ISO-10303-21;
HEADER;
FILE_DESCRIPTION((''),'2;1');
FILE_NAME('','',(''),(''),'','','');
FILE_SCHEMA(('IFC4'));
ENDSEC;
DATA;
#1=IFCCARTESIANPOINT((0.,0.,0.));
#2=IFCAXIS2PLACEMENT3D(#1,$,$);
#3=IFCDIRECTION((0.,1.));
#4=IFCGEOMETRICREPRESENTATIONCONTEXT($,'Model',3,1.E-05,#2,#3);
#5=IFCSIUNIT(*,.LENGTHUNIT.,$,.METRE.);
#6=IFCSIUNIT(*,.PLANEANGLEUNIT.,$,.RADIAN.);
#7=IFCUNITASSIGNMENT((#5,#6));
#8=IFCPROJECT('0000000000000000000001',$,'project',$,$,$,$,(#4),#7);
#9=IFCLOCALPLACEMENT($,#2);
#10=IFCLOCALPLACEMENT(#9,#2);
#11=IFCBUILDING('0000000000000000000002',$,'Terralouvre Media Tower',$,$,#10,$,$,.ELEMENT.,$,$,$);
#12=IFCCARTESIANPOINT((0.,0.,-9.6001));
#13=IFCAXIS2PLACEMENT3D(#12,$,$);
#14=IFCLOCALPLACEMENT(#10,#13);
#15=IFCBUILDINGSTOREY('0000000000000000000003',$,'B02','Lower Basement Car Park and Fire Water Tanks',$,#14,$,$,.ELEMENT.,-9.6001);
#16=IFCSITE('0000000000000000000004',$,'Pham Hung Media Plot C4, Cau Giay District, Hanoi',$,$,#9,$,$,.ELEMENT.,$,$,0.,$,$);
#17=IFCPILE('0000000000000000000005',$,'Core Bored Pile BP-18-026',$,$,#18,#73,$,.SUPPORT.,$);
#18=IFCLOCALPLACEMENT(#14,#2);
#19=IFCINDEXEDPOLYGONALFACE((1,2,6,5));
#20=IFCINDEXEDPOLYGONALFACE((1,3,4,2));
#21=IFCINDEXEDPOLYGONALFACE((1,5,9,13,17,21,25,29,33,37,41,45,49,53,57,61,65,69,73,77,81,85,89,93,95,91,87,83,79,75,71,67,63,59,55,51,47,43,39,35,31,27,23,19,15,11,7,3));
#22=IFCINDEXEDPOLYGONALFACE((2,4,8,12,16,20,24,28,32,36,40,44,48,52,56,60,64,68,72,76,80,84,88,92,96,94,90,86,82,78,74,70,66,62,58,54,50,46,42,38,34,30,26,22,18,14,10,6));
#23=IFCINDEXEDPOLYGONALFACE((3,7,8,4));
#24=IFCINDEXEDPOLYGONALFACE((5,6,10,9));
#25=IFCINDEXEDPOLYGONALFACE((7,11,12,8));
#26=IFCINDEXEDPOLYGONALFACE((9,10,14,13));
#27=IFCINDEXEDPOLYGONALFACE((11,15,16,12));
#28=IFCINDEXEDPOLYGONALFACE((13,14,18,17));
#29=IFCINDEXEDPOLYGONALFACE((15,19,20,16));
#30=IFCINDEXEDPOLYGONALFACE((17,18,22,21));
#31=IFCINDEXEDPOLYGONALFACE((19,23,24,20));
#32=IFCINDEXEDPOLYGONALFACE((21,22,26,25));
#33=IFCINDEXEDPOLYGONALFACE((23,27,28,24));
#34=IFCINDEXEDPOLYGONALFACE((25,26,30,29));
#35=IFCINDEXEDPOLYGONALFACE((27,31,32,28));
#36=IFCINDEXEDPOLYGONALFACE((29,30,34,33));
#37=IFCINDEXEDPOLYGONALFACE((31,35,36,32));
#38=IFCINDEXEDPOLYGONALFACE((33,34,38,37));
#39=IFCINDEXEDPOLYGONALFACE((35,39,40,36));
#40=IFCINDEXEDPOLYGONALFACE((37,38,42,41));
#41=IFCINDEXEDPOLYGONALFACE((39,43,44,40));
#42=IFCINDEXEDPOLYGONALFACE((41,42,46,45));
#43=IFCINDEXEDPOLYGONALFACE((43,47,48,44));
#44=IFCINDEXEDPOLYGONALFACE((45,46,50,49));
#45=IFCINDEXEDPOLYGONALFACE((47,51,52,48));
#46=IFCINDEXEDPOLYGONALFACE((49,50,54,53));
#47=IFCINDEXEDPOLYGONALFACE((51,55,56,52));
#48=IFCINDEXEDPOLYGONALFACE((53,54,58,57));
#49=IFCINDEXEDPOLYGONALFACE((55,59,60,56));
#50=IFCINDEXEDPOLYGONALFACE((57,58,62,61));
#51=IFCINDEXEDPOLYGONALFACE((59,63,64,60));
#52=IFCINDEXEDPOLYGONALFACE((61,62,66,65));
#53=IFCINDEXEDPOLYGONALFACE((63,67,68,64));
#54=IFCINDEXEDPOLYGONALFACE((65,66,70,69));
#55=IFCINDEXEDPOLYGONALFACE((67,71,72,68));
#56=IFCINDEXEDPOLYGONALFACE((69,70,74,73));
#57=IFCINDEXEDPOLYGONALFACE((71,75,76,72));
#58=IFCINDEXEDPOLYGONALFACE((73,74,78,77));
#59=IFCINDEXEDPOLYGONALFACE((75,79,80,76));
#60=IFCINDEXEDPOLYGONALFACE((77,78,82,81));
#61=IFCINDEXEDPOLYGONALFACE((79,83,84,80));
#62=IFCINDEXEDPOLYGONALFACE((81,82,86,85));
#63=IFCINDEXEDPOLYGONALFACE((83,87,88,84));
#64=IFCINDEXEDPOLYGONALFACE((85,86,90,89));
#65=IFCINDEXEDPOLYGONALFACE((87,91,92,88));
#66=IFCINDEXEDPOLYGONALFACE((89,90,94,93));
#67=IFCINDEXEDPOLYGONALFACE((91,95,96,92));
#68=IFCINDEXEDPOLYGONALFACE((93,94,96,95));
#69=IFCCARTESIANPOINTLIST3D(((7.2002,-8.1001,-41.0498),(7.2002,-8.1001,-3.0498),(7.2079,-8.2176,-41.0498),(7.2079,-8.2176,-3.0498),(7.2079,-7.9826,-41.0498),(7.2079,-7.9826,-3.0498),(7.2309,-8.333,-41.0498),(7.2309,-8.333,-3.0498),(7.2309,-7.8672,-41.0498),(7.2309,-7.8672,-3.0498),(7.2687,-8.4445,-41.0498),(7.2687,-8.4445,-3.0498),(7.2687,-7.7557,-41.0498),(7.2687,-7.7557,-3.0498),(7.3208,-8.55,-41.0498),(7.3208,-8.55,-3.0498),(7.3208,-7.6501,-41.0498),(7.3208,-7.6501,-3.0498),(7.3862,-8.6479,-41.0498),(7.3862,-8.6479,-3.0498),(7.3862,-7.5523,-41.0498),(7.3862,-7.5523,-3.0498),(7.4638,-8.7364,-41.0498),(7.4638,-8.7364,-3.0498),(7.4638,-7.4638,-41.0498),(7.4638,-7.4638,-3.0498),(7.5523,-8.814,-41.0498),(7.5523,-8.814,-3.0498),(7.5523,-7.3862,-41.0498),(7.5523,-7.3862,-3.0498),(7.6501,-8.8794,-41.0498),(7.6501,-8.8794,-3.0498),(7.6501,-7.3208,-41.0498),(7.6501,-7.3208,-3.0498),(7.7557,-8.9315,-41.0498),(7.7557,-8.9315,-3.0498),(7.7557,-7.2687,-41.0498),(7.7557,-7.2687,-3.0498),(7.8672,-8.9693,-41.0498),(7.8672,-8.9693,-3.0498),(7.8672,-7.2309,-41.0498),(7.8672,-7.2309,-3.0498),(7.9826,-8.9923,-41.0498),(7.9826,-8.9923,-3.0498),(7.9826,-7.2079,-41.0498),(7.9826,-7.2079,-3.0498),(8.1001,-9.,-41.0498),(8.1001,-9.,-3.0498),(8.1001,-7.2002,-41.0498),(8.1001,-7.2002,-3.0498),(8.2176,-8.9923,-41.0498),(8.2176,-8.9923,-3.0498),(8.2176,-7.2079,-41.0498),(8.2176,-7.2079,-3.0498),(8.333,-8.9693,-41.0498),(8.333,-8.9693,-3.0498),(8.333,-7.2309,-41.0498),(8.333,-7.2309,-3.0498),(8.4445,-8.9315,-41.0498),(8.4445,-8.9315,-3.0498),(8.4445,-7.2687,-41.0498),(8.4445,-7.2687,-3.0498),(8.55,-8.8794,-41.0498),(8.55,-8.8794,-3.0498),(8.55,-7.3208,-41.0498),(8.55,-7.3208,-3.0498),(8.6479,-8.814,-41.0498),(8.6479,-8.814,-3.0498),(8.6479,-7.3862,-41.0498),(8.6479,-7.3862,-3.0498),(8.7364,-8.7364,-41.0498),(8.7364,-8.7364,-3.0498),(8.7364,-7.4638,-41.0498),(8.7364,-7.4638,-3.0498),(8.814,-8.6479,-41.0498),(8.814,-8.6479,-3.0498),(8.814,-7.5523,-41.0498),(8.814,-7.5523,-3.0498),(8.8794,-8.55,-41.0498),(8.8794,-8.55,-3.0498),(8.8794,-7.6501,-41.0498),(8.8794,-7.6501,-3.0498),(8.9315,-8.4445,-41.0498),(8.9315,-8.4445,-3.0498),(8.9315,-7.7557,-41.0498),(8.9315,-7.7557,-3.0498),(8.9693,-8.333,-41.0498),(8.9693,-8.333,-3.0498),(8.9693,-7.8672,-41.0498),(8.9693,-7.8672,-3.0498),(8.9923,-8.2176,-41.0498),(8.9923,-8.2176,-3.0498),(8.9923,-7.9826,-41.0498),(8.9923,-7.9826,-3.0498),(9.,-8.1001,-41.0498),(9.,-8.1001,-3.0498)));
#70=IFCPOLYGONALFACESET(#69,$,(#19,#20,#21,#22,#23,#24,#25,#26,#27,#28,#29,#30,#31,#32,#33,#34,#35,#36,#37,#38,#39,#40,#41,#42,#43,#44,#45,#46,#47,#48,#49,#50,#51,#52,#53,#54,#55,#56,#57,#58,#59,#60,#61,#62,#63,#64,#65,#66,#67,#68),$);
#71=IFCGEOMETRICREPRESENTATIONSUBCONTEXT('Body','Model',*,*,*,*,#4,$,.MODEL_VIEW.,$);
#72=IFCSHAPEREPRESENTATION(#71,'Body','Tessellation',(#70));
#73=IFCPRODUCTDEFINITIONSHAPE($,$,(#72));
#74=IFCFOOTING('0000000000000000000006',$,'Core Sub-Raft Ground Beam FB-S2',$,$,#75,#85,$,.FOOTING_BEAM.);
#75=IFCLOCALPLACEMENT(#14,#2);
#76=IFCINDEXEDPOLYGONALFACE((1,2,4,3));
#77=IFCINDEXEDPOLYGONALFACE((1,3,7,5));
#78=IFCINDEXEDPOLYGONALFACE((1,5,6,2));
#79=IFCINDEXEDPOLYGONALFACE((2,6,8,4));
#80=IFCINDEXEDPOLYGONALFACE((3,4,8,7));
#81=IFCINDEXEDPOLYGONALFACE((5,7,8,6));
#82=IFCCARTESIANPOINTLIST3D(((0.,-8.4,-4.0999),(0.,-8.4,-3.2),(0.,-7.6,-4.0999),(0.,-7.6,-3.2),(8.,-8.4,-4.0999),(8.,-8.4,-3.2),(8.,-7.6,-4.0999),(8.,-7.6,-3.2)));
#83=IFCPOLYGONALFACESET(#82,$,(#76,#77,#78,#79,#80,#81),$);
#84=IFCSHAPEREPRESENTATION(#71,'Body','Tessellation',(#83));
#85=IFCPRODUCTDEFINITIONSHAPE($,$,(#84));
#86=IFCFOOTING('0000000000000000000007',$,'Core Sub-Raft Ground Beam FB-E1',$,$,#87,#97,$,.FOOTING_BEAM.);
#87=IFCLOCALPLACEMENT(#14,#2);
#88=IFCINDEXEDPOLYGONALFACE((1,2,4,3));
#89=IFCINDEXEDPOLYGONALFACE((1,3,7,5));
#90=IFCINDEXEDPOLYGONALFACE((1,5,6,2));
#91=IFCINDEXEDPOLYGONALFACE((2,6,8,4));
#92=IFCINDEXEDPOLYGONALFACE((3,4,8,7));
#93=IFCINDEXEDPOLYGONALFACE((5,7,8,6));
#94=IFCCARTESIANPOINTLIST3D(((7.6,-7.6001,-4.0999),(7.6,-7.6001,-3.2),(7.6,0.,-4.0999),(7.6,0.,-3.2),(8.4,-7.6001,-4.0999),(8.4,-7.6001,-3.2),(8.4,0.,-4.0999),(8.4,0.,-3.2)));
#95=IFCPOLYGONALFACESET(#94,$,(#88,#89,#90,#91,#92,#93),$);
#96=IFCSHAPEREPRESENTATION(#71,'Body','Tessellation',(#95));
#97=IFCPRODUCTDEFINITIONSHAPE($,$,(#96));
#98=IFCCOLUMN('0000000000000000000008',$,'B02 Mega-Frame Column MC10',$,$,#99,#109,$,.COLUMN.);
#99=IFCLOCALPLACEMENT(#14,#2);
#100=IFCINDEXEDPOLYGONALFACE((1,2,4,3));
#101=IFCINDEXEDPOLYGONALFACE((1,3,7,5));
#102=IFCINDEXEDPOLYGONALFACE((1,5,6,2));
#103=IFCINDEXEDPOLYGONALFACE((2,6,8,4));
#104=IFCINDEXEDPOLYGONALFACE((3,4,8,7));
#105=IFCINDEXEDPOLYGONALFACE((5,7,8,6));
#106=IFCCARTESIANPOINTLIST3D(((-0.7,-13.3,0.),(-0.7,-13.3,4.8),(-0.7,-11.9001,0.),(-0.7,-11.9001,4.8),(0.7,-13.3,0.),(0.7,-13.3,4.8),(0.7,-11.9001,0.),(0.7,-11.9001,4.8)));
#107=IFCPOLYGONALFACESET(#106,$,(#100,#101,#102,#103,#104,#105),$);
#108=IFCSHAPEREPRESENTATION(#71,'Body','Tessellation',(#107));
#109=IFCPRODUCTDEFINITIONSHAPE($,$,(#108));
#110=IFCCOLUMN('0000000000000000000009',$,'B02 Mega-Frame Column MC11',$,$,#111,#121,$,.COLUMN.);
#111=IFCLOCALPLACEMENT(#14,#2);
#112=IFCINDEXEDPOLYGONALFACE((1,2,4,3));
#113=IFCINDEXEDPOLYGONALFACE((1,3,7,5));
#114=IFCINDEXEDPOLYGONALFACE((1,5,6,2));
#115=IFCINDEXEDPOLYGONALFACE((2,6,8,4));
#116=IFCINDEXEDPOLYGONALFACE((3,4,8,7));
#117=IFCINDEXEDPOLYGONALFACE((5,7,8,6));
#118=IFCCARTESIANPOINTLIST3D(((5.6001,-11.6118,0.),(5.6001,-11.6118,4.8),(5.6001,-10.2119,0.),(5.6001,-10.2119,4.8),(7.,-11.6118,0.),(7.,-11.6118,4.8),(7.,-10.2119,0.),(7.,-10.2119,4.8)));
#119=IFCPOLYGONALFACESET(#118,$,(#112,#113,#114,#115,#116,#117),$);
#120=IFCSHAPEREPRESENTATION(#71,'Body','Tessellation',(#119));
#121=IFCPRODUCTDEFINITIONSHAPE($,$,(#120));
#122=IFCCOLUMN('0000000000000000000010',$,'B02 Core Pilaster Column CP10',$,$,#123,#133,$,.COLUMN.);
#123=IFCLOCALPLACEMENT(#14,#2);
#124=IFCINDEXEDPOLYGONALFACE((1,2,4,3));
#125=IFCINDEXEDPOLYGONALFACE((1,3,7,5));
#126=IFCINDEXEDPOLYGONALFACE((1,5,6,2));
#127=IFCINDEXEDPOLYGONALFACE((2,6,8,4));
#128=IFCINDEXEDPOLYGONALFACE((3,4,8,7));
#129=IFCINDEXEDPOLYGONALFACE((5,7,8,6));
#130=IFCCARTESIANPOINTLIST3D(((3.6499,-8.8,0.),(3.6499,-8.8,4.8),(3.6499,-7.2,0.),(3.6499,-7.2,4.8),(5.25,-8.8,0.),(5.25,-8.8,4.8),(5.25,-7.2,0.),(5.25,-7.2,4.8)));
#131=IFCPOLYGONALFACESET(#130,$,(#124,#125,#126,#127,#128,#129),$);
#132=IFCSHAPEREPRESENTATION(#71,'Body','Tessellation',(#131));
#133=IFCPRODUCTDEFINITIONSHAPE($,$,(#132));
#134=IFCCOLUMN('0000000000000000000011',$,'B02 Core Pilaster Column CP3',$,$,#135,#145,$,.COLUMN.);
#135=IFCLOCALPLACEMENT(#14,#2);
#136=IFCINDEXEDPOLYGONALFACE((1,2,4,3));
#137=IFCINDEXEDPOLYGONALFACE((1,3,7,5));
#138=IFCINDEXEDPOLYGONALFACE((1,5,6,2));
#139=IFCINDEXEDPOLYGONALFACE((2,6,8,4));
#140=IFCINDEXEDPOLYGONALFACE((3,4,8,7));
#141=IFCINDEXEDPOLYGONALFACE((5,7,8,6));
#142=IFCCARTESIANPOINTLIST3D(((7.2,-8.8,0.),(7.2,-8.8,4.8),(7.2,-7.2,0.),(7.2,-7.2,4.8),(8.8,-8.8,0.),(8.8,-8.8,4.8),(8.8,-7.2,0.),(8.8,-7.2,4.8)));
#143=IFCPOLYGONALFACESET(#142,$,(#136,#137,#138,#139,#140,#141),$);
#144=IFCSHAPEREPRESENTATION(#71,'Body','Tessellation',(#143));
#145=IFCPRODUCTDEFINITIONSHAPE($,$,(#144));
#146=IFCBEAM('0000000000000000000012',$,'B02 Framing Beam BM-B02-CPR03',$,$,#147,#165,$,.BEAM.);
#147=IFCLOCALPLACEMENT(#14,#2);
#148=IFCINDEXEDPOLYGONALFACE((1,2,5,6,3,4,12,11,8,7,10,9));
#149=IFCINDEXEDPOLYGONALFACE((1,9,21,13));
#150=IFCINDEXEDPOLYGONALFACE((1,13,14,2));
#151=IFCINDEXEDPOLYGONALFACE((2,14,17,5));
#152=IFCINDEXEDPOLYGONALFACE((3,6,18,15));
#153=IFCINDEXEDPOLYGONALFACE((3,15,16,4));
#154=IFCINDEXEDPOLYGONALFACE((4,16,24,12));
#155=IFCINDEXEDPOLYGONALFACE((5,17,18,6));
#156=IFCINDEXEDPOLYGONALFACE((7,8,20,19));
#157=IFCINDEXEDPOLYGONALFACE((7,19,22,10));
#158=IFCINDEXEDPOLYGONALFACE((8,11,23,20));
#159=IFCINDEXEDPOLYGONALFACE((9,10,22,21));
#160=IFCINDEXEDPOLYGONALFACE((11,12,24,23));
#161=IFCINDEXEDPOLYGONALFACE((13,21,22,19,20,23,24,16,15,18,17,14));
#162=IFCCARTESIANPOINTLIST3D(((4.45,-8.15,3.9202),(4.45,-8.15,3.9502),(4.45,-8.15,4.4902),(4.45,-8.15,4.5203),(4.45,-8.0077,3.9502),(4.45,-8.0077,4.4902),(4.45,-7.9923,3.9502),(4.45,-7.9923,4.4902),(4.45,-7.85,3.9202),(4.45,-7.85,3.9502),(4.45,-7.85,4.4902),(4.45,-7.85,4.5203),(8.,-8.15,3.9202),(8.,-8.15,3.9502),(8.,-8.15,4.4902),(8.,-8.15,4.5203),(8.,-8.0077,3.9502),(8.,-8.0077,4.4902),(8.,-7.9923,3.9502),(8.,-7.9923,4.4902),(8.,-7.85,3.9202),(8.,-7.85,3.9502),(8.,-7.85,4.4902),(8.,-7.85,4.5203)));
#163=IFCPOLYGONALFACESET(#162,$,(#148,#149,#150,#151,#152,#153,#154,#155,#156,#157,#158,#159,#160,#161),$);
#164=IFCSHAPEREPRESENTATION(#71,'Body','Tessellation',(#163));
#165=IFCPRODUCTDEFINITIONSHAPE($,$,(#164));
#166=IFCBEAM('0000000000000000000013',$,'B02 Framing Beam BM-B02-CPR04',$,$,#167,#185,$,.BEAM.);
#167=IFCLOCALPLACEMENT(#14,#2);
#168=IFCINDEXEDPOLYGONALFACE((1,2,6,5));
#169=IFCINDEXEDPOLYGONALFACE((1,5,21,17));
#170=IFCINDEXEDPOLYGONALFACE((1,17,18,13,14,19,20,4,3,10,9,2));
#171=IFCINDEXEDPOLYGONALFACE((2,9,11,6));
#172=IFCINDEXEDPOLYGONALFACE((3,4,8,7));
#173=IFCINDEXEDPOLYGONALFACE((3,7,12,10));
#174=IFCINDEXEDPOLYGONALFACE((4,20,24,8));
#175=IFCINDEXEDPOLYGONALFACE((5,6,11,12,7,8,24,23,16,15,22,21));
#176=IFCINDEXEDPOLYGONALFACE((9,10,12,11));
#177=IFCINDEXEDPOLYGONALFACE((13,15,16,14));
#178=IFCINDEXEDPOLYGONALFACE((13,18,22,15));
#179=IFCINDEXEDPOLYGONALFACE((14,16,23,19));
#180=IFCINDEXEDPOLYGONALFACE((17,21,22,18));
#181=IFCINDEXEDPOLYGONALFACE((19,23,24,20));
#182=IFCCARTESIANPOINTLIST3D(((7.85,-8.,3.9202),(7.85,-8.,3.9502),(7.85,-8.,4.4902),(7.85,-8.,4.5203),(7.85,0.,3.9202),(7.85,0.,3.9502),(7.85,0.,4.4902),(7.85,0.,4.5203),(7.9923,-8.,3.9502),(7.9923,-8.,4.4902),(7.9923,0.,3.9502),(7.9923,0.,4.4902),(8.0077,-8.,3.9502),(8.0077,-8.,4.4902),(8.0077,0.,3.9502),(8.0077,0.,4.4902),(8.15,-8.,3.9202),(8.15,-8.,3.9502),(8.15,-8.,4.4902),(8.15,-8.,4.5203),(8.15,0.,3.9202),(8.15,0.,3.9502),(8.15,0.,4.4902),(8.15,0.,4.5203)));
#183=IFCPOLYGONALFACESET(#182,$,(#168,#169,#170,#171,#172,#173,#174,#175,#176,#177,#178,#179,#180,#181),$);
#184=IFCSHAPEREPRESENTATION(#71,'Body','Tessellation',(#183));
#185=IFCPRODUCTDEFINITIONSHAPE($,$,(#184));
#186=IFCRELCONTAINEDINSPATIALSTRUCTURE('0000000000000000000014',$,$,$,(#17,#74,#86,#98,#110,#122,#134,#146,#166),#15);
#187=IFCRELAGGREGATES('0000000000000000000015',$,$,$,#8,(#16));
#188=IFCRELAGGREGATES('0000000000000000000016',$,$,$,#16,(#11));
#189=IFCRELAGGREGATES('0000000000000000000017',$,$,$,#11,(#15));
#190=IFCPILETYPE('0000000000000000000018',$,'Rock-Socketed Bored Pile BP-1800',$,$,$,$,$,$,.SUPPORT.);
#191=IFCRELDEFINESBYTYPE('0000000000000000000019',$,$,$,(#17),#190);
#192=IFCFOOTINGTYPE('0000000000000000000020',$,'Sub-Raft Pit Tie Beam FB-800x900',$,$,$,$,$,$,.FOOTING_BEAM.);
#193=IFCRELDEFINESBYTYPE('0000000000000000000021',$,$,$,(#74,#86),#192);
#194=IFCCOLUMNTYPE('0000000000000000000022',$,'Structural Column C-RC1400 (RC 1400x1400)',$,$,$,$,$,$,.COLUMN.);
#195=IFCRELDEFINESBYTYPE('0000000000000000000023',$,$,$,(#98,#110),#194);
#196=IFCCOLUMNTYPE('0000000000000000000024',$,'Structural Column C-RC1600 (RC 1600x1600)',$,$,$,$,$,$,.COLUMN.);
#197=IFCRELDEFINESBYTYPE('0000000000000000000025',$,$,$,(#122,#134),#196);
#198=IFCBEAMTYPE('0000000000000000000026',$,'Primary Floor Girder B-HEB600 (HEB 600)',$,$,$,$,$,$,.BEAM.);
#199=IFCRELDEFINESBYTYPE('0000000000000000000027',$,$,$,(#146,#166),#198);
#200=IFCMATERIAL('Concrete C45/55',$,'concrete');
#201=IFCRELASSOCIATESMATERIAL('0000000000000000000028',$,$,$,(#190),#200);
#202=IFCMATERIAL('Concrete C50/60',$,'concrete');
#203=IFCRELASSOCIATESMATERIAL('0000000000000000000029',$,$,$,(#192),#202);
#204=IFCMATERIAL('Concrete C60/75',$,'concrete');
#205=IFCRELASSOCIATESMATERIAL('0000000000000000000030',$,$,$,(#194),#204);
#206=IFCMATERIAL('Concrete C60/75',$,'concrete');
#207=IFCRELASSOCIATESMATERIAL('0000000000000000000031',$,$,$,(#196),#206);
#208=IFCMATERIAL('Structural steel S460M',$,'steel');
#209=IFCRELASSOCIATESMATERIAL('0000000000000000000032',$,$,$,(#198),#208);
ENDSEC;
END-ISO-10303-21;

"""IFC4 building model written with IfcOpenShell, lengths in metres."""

from ifc_helpers import new_model, si_unit, direction, frame, origin, origin_2d, place, context, subcontext, project, spatial, rectangle, circle, i_section, extrude, material, material_profile, profile_set, type_object, element, save


model = new_model("IFC4")

# Units and contexts
model_context = context("Model", 3, precision=1e-05, world=origin(), true_north=direction((0.0, 1.0)))
body_context = subcontext(model_context, "Body", "Model", "MODEL_VIEW")
ifc_project = project(units=[si_unit("LENGTHUNIT", "METRE"), si_unit("PLANEANGLEUNIT", "RADIAN")], contexts=[model_context])

# Site, building, storey
site_placement = place(None, origin())
site = spatial("IfcSite", under=ifc_project, at=site_placement, Name="Pham Hung Media Plot C4, Cau Giay District, Hanoi", CompositionType="ELEMENT", RefElevation=0.0)
building_placement = place(site_placement, origin())
building = spatial("IfcBuilding", under=site, at=building_placement, Name="Terralouvre Media Tower", CompositionType="ELEMENT")
storey_placement = place(building_placement, frame((0.0, 0.0, -9.6001)))
storey = spatial("IfcBuildingStorey", under=building, at=storey_placement, Name="B02", Description="Lower Basement Car Park and Fire Water Tanks", CompositionType="ELEMENT", Elevation=-9.6001)

# Pile
ifc_material_1 = material(Name="Concrete C45/55", Category="concrete")
ifc_material_profile_1 = material_profile(ifc_material_1, circle(Radius=0.8999, at=origin_2d()), Name="BORED PILE 1800")
ifc_profile_set_1 = profile_set([ifc_material_profile_1], Name="Concrete C45/55")
pile_type_1 = type_object("IfcPileType", Name="Rock-Socketed Bored Pile BP-1800", PredefinedType="SUPPORT", material=ifc_profile_set_1)
for number, where, z_axis, x_axis, name in (
    (1, (8.1001, -8.1001, -3.0498), (0.0, 0.0, -1.0), (1.0, 0.0, 0.0), "Core Bored Pile BP-18-026"),
):
    element("IfcPile", number, at=place(storey_placement, frame(where, z_axis=z_axis, x_axis=x_axis)), inside=storey, type_object=pile_type_1, Name=name, PredefinedType="SUPPORT", context=body_context, shape_type="SweptSolid", body=[
        extrude(circle(Radius=0.8999, at=origin_2d()), origin(), (0.0, 0.0, 1.0), 38.0),
    ])

# Footings
ifc_material_2 = material(Name="Concrete C50/60", Category="concrete")
ifc_material_profile_2 = material_profile(ifc_material_2, rectangle(XDim=0.8, YDim=0.8999, at=origin_2d()), Name="FB 800x900")
ifc_profile_set_2 = profile_set([ifc_material_profile_2], Name="Concrete C50/60")
footing_type = type_object("IfcFootingType", Name="Sub-Raft Pit Tie Beam FB-800x900", PredefinedType="FOOTING_BEAM", material=ifc_profile_set_2)
footing_1_placement = place(storey_placement, frame((0.0, -8.0, -3.6499), z_axis=(1.0, 0.0, 0.0), x_axis=(0.0, 1.0, 0.0)))
element("IfcFooting", 2, at=footing_1_placement, inside=storey, type_object=footing_type, Name="Core Sub-Raft Ground Beam FB-S2", PredefinedType="FOOTING_BEAM", context=body_context, shape_type="SweptSolid", body=[
    extrude(rectangle(XDim=0.8, YDim=0.8999, at=origin_2d()), origin(), (0.0, 0.0, 1.0), 8.0),
])
footing_2_placement = place(storey_placement, frame((8.0, -7.6001, -3.6499), z_axis=(0.0, 1.0, 0.0), x_axis=(-1.0, 0.0, 0.0)))
element("IfcFooting", 3, at=footing_2_placement, inside=storey, type_object=footing_type, Name="Core Sub-Raft Ground Beam FB-E1", PredefinedType="FOOTING_BEAM", context=body_context, shape_type="SweptSolid", body=[
    extrude(rectangle(XDim=0.8, YDim=0.8999, at=origin_2d()), origin(), (0.0, 0.0, 1.0), 7.6001),
])

# Columns
ifc_material_3 = material(Name="Concrete C60/75", Category="concrete")
ifc_material_profile_3 = material_profile(ifc_material_3, rectangle(XDim=1.3999, YDim=1.3999, at=origin_2d()), Name="RC 1400x1400")
ifc_profile_set_3 = profile_set([ifc_material_profile_3], Name="Concrete C60/75")
column_type_1 = type_object("IfcColumnType", Name="Structural Column C-RC1400 (RC 1400x1400)", PredefinedType="COLUMN", material=ifc_profile_set_3)
for number, where, z_axis, x_axis, name in (
    (4, (0.0, -12.6001, 0.0), (0.0, 0.0, 1.0), (1.0, 0.0, 0.0), "B02 Mega-Frame Column MC10"),
    (5, (6.3, -10.9119, 0.0), (0.0, 0.0, 1.0), (1.0, 0.0, 0.0), "B02 Mega-Frame Column MC11"),
):
    element("IfcColumn", number, at=place(storey_placement, frame(where, z_axis=z_axis, x_axis=x_axis)), inside=storey, type_object=column_type_1, Name=name, PredefinedType="COLUMN", context=body_context, shape_type="SweptSolid", body=[
        extrude(rectangle(XDim=1.3999, YDim=1.3999, at=origin_2d()), origin(), (0.0, 0.0, 1.0), 4.8),
    ])
ifc_material_4 = material(Name="Concrete C60/75", Category="concrete")
ifc_material_profile_4 = material_profile(ifc_material_4, rectangle(XDim=1.6001, YDim=1.6001, at=origin_2d()), Name="RC 1600x1600")
ifc_profile_set_4 = profile_set([ifc_material_profile_4], Name="Concrete C60/75")
column_type_2 = type_object("IfcColumnType", Name="Structural Column C-RC1600 (RC 1600x1600)", PredefinedType="COLUMN", material=ifc_profile_set_4)
for number, where, z_axis, x_axis, name in (
    (6, (4.45, -8.0, 0.0), (0.0, 0.0, 1.0), (1.0, 0.0, 0.0), "B02 Core Pilaster Column CP10"),
    (7, (8.0, -8.0, 0.0), (0.0, 0.0, 1.0), (1.0, 0.0, 0.0), "B02 Core Pilaster Column CP3"),
):
    element("IfcColumn", number, at=place(storey_placement, frame(where, z_axis=z_axis, x_axis=x_axis)), inside=storey, type_object=column_type_2, Name=name, PredefinedType="COLUMN", context=body_context, shape_type="SweptSolid", body=[
        extrude(rectangle(XDim=1.6001, YDim=1.6001, at=origin_2d()), origin(), (0.0, 0.0, 1.0), 4.8),
    ])

# Beams
ifc_material_5 = material(Name="Structural steel S460M", Category="steel")
ifc_material_profile_5 = material_profile(ifc_material_5, i_section(OverallWidth=0.3, OverallDepth=0.6001, WebThickness=0.0154, FlangeThickness=0.03, at=origin_2d()), Name="HEB 600")
ifc_profile_set_5 = profile_set([ifc_material_profile_5], Name="Structural steel S460M")
beam_type_1 = type_object("IfcBeamType", Name="Primary Floor Girder B-HEB600 (HEB 600)", PredefinedType="BEAM", material=ifc_profile_set_5)
beam_1_placement = place(storey_placement, frame((4.45, -8.0, 4.2202), z_axis=(1.0, 0.0, 0.0), x_axis=(0.0, 1.0, 0.0)))
element("IfcBeam", 8, at=beam_1_placement, inside=storey, type_object=beam_type_1, Name="B02 Framing Beam BM-B02-CPR03", PredefinedType="BEAM", context=body_context, shape_type="SweptSolid", body=[
    extrude(i_section(OverallWidth=0.3, OverallDepth=0.6001, WebThickness=0.0154, FlangeThickness=0.03, at=origin_2d()), origin(), (0.0, 0.0, 1.0), 3.55),
])
beam_2_placement = place(storey_placement, frame((8.0, -8.0, 4.2202), z_axis=(0.0, 1.0, 0.0), x_axis=(-1.0, 0.0, 0.0)))
element("IfcBeam", 9, at=beam_2_placement, inside=storey, type_object=beam_type_1, Name="B02 Framing Beam BM-B02-CPR04", PredefinedType="BEAM", context=body_context, shape_type="SweptSolid", body=[
    extrude(i_section(OverallWidth=0.3, OverallDepth=0.6001, WebThickness=0.0154, FlangeThickness=0.03, at=origin_2d()), origin(), (0.0, 0.0, 1.0), 8.0),
])

save(model, "model.ifc")
